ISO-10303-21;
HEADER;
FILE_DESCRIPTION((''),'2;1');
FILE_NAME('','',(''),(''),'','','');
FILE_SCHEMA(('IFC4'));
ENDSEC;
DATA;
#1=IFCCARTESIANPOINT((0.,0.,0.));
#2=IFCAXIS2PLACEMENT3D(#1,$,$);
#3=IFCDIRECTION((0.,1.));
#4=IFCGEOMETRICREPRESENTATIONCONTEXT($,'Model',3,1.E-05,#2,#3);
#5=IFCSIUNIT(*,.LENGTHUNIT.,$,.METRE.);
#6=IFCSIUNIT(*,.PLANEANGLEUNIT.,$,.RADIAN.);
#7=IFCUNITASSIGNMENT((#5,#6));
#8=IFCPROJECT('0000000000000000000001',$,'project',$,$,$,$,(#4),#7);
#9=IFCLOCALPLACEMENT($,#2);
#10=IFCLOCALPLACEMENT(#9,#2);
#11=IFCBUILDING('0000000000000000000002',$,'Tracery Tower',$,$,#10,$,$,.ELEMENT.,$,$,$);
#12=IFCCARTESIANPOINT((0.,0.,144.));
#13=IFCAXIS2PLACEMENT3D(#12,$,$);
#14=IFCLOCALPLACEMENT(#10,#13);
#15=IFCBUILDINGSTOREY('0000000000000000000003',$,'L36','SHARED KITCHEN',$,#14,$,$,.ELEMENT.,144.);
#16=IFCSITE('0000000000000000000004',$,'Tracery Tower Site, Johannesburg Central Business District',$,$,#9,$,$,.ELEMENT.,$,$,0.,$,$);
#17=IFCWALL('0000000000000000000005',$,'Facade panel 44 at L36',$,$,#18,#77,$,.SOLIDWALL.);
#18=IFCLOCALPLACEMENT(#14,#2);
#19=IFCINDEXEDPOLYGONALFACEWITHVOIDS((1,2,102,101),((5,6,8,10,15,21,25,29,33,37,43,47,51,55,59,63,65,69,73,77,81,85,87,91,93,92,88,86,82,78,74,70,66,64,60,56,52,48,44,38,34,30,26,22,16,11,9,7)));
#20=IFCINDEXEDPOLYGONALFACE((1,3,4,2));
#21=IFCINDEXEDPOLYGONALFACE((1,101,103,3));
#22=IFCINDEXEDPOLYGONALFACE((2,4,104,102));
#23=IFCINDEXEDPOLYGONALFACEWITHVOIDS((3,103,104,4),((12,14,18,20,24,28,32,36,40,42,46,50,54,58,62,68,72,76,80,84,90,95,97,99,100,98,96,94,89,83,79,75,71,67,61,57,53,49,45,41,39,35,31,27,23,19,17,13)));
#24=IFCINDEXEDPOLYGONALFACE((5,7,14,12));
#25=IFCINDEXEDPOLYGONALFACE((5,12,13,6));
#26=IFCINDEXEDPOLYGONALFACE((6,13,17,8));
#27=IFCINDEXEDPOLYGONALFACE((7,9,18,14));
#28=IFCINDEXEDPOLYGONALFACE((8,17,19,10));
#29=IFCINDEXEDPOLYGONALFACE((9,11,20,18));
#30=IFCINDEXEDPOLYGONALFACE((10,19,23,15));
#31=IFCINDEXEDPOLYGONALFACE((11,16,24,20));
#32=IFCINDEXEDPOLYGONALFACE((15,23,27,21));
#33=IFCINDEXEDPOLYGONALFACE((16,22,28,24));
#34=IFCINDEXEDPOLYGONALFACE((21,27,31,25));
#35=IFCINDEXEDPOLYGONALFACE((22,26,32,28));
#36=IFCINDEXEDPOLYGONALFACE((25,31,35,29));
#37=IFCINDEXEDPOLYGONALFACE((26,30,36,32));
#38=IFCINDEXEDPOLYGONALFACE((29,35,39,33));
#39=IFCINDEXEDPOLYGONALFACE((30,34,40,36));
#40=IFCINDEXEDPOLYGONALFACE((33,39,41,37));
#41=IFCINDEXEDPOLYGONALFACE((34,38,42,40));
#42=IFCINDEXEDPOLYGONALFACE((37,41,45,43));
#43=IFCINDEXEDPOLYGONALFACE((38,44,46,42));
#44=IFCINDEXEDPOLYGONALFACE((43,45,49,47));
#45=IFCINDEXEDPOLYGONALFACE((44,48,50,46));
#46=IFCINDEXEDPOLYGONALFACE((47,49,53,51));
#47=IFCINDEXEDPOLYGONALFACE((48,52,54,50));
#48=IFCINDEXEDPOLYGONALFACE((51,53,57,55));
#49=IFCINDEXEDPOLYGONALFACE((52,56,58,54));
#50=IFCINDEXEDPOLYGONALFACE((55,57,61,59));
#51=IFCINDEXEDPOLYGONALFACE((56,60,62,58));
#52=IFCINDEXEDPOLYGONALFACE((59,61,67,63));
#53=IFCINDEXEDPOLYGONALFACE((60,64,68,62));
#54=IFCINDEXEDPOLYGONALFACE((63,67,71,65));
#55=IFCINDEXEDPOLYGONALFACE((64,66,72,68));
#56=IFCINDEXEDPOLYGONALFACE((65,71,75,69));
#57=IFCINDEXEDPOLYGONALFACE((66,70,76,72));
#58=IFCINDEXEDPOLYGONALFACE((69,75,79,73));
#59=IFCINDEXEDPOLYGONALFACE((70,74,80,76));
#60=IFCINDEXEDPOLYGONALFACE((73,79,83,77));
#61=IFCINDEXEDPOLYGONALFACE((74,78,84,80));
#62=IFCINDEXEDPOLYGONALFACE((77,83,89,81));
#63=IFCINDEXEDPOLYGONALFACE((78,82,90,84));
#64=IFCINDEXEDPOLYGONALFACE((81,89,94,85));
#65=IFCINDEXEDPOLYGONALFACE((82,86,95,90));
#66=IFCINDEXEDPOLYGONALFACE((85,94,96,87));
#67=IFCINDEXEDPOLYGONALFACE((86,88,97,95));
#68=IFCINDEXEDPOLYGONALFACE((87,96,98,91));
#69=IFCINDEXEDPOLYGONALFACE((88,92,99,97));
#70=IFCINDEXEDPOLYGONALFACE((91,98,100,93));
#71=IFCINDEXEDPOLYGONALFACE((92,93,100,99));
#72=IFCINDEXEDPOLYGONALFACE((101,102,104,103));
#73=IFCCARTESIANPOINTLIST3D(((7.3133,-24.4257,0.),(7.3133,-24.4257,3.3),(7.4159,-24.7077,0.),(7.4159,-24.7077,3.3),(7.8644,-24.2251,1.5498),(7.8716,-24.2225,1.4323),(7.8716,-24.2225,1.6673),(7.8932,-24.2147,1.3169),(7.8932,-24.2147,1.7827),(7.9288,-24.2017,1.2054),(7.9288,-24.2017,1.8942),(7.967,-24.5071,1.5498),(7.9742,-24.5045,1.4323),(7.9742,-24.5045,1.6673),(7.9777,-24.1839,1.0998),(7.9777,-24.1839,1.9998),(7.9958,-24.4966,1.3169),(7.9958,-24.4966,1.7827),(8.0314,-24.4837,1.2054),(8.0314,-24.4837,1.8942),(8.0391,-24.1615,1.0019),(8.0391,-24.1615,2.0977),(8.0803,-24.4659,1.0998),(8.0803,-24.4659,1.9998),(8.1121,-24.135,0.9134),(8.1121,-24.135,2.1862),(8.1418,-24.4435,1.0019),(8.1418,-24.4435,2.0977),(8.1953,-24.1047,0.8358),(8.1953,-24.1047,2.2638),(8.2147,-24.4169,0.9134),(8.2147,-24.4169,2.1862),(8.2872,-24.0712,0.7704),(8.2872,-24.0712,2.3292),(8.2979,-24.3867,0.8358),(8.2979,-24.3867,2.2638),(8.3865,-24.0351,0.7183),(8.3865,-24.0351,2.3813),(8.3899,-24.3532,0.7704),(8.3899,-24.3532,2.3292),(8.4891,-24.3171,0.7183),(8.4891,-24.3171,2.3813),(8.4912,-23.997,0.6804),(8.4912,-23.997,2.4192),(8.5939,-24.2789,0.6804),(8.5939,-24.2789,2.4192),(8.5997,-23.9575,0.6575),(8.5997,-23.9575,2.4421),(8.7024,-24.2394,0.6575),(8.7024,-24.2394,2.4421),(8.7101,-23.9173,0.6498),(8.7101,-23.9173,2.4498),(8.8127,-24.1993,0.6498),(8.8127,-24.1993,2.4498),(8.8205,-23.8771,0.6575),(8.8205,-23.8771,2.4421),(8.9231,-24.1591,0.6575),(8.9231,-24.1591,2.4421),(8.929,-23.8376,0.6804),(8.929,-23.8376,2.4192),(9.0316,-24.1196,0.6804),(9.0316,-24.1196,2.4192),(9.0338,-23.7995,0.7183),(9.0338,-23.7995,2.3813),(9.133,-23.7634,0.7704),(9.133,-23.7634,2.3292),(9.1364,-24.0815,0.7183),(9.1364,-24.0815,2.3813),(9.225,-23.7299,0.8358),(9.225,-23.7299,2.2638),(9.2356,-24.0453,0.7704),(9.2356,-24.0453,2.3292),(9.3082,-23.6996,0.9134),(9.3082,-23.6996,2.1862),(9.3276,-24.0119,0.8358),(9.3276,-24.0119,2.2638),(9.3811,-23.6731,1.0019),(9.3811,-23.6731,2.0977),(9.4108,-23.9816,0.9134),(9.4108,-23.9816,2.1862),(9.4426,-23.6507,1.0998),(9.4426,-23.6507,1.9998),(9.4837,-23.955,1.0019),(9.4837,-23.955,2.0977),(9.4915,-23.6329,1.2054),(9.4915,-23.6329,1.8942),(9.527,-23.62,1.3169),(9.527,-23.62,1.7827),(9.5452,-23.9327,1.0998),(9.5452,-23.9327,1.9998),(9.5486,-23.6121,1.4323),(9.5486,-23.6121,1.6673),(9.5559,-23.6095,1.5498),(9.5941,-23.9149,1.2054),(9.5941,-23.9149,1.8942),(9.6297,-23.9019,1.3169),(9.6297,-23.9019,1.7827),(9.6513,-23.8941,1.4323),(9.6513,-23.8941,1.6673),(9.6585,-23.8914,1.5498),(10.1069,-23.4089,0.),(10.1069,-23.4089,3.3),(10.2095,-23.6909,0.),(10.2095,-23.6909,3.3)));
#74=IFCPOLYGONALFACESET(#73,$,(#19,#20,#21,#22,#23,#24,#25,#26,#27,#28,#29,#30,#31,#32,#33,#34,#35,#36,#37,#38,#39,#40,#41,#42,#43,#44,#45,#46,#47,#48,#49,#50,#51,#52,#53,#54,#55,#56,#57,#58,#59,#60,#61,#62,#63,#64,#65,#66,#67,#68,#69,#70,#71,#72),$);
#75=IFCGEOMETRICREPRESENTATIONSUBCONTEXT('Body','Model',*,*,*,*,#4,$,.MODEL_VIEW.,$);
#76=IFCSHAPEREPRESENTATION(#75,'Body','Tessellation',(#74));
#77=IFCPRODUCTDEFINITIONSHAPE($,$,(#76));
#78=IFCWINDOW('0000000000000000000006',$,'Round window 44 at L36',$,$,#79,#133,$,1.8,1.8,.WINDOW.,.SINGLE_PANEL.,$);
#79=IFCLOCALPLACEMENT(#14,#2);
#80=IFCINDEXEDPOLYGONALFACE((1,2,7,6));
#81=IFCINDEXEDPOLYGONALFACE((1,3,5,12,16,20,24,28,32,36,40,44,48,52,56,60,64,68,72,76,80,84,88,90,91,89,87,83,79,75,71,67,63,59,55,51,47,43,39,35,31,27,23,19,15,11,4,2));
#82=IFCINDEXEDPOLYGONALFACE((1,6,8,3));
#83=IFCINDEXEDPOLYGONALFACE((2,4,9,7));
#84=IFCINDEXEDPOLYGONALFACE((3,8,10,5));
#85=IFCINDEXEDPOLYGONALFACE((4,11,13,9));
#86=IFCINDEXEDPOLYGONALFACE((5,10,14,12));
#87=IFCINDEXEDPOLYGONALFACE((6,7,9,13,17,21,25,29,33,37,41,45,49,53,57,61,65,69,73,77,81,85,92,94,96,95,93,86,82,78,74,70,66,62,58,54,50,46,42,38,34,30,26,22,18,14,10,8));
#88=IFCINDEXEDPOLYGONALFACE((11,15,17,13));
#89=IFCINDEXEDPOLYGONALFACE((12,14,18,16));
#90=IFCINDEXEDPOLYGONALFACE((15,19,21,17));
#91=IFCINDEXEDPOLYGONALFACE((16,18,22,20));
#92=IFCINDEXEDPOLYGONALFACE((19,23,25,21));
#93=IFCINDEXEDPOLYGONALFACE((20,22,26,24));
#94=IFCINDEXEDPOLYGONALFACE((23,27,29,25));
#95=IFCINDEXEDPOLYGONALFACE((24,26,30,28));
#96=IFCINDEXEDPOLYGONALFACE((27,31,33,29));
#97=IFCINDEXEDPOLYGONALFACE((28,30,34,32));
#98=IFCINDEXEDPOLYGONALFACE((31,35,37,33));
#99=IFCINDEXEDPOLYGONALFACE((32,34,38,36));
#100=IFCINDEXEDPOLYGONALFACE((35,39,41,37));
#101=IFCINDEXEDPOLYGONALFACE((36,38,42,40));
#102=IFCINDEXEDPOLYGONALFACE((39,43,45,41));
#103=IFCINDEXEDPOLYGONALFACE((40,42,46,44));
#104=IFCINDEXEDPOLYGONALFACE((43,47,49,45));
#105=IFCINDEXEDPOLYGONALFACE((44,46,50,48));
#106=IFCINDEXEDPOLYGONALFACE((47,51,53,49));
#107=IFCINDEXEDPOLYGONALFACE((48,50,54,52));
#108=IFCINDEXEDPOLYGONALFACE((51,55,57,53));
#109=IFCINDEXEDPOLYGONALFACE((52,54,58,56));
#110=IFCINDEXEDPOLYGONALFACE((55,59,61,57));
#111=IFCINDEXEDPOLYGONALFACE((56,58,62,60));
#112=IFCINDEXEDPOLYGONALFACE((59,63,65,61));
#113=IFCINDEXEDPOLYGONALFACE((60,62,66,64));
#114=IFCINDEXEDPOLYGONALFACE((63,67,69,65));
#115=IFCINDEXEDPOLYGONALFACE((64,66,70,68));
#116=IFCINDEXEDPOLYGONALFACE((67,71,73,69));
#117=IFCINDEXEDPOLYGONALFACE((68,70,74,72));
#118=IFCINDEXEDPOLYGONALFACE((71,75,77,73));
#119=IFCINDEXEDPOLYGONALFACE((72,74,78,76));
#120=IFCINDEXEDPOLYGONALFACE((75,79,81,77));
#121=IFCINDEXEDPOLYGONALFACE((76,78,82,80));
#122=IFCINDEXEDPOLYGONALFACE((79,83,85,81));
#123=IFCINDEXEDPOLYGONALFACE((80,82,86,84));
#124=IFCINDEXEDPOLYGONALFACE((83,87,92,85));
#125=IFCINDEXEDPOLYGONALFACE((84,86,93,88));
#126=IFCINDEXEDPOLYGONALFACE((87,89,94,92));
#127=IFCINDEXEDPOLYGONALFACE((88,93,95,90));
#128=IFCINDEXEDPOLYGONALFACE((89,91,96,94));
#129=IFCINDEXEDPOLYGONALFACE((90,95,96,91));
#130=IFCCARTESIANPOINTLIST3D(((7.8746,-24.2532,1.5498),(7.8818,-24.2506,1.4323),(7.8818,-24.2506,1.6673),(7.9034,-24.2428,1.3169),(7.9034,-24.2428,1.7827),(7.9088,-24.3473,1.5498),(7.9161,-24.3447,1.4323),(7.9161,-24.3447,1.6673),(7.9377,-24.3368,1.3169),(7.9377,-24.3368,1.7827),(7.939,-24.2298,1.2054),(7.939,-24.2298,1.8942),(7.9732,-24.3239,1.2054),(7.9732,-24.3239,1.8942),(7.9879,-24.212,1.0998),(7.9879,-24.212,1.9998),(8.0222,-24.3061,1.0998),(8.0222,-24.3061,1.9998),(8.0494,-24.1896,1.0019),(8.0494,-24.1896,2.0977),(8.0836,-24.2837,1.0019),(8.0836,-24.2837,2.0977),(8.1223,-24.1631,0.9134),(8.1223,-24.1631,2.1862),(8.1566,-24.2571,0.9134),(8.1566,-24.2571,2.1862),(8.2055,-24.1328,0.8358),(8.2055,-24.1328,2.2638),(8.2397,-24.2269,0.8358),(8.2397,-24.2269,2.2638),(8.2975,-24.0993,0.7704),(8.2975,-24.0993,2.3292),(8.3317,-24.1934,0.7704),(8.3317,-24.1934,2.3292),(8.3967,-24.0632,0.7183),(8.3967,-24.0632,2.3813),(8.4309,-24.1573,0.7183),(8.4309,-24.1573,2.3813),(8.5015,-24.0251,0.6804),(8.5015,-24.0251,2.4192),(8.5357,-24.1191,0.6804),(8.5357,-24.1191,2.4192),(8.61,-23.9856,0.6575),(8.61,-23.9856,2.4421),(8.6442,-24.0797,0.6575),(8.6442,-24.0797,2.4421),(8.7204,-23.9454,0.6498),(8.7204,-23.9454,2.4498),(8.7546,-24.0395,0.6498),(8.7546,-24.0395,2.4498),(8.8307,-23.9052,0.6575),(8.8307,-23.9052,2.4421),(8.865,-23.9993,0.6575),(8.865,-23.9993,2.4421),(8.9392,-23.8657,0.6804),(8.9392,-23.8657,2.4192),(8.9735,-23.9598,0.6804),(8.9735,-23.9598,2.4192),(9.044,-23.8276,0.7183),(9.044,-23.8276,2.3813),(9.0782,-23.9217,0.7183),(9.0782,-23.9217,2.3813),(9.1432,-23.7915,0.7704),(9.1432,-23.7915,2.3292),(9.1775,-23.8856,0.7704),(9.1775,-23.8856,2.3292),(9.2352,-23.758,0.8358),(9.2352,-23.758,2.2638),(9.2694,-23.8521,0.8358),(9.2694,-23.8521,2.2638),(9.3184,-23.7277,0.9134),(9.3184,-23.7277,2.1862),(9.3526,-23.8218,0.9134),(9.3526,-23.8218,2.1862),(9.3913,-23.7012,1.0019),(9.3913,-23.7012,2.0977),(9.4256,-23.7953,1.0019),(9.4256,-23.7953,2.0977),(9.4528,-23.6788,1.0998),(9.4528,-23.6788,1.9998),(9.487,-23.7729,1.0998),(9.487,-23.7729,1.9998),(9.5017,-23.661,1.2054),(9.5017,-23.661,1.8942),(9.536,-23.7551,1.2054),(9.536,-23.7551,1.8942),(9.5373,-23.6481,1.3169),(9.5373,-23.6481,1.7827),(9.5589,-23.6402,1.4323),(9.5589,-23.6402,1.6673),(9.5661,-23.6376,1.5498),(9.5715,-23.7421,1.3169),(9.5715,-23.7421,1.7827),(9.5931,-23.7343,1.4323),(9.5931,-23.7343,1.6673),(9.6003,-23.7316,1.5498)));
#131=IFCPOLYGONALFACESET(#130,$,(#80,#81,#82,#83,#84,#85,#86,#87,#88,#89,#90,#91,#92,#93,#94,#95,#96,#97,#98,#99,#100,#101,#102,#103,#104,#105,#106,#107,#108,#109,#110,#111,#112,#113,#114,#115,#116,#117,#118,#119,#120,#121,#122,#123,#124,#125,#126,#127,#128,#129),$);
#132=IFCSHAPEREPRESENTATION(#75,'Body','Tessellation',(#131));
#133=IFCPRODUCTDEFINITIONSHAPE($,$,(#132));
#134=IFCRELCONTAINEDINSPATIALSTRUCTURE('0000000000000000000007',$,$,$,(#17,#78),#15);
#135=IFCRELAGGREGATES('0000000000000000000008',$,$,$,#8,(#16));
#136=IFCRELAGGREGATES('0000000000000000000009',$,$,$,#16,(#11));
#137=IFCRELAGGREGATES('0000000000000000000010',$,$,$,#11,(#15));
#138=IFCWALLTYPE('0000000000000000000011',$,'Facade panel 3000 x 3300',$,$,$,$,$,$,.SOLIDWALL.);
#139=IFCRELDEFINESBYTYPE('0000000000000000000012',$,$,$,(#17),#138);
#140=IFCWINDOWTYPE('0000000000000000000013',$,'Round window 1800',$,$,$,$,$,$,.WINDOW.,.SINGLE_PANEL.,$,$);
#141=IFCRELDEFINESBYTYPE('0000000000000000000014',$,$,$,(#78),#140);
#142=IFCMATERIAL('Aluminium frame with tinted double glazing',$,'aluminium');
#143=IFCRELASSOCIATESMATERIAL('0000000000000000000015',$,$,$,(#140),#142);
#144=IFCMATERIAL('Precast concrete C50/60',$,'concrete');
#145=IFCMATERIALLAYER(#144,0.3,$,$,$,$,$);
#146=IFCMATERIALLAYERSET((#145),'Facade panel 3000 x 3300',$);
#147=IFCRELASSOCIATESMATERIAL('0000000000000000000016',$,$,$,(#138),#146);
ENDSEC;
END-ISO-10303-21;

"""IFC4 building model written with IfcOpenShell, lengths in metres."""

from ifc_helpers import new_model, si_unit, direction, frame, frame_2d, origin, origin_2d, place, context, subcontext, project, spatial, rectangle, circle, extrude, material, layer, layer_set, type_object, element, fill, save


model = new_model("IFC4")

# Units and contexts
model_context = context("Model", 3, precision=1e-05, world=origin(), true_north=direction((0.0, 1.0)))
body_context = subcontext(model_context, "Body", "Model", "MODEL_VIEW")
ifc_project = project(units=[si_unit("LENGTHUNIT", "METRE"), si_unit("PLANEANGLEUNIT", "RADIAN")], contexts=[model_context])

# Site, building, storey
site_placement = place(None, origin())
site = spatial("IfcSite", under=ifc_project, at=site_placement, Name="Tracery Tower Site, Johannesburg Central Business District", CompositionType="ELEMENT", RefElevation=0.0)
building_placement = place(site_placement, origin())
building = spatial("IfcBuilding", under=site, at=building_placement, Name="Tracery Tower", CompositionType="ELEMENT")
storey_placement = place(building_placement, frame((0.0, 0.0, 144.0)))
storey = spatial("IfcBuildingStorey", under=building, at=storey_placement, Name="L36", Description="SHARED KITCHEN", CompositionType="ELEMENT", Elevation=144.0)

# Wall, opening, window
ifc_material_1 = material(Name="Aluminium frame with tinted double glazing", Category="aluminium")
window_type = type_object("IfcWindowType", Name="Round window 1800", PartitioningType="SINGLE_PANEL", PredefinedType="WINDOW", material=ifc_material_1)
ifc_material_2 = material(Name="Precast concrete C50/60", Category="concrete")
ifc_layer_1 = layer(ifc_material_2, 0.3)
ifc_layer_set_1 = layer_set([ifc_layer_1], Name="Facade panel 3000 x 3300")
wall_type_1 = type_object("IfcWallType", Name="Facade panel 3000 x 3300", PredefinedType="SOLIDWALL", material=ifc_layer_set_1)
wall_1_placement = place(storey_placement, frame((7.3647, -24.5667, 0.0), z_axis=(0.0, 0.0, 1.0), x_axis=(0.93969, 0.342027, 0.0)))
wall_1 = element("IfcWall", 1, at=wall_1_placement, inside=storey, type_object=wall_type_1, Name="Facade panel 44 at L36", PredefinedType="SOLIDWALL", context=body_context, shape_type="SweptSolid", body=[
    extrude(rectangle(XDim=2.9729, YDim=0.3, at=frame_2d((1.4863, 0.0))), origin(), (0.0, 0.0, 1.0), 3.3),
])
opening_1_placement = place(wall_1_placement, frame((1.4863, 0.0, 1.5498)))
opening_1 = element("IfcOpeningElement", 2, at=opening_1_placement, cuts=wall_1, PredefinedType="OPENING", context=body_context, shape_type="SweptSolid", body=[
    extrude(circle(Radius=0.9, at=origin_2d()), frame((0.0, 0.1599, 0.0), z_axis=(0.0, -1.0, 0.0), x_axis=(1.0, 0.0, 0.0)), (0.0, 0.0, 1.0), 0.3201),
])
window_1_placement = place(opening_1_placement, origin())
window_1 = element("IfcWindow", 3, at=window_1_placement, inside=storey, type_object=window_type, Name="Round window 44 at L36", OverallHeight=1.8, OverallWidth=1.8, PartitioningType="SINGLE_PANEL", PredefinedType="WINDOW", context=body_context, shape_type="SweptSolid", body=[
    extrude(circle(Radius=0.9, at=origin_2d()), frame((0.0, 0.1201, 0.0), z_axis=(0.0, -1.0, 0.0), x_axis=(1.0, 0.0, 0.0)), (0.0, 0.0, 1.0), 0.1001),
])
fill(opening_1, window_1)

save(model, "model.ifc")
